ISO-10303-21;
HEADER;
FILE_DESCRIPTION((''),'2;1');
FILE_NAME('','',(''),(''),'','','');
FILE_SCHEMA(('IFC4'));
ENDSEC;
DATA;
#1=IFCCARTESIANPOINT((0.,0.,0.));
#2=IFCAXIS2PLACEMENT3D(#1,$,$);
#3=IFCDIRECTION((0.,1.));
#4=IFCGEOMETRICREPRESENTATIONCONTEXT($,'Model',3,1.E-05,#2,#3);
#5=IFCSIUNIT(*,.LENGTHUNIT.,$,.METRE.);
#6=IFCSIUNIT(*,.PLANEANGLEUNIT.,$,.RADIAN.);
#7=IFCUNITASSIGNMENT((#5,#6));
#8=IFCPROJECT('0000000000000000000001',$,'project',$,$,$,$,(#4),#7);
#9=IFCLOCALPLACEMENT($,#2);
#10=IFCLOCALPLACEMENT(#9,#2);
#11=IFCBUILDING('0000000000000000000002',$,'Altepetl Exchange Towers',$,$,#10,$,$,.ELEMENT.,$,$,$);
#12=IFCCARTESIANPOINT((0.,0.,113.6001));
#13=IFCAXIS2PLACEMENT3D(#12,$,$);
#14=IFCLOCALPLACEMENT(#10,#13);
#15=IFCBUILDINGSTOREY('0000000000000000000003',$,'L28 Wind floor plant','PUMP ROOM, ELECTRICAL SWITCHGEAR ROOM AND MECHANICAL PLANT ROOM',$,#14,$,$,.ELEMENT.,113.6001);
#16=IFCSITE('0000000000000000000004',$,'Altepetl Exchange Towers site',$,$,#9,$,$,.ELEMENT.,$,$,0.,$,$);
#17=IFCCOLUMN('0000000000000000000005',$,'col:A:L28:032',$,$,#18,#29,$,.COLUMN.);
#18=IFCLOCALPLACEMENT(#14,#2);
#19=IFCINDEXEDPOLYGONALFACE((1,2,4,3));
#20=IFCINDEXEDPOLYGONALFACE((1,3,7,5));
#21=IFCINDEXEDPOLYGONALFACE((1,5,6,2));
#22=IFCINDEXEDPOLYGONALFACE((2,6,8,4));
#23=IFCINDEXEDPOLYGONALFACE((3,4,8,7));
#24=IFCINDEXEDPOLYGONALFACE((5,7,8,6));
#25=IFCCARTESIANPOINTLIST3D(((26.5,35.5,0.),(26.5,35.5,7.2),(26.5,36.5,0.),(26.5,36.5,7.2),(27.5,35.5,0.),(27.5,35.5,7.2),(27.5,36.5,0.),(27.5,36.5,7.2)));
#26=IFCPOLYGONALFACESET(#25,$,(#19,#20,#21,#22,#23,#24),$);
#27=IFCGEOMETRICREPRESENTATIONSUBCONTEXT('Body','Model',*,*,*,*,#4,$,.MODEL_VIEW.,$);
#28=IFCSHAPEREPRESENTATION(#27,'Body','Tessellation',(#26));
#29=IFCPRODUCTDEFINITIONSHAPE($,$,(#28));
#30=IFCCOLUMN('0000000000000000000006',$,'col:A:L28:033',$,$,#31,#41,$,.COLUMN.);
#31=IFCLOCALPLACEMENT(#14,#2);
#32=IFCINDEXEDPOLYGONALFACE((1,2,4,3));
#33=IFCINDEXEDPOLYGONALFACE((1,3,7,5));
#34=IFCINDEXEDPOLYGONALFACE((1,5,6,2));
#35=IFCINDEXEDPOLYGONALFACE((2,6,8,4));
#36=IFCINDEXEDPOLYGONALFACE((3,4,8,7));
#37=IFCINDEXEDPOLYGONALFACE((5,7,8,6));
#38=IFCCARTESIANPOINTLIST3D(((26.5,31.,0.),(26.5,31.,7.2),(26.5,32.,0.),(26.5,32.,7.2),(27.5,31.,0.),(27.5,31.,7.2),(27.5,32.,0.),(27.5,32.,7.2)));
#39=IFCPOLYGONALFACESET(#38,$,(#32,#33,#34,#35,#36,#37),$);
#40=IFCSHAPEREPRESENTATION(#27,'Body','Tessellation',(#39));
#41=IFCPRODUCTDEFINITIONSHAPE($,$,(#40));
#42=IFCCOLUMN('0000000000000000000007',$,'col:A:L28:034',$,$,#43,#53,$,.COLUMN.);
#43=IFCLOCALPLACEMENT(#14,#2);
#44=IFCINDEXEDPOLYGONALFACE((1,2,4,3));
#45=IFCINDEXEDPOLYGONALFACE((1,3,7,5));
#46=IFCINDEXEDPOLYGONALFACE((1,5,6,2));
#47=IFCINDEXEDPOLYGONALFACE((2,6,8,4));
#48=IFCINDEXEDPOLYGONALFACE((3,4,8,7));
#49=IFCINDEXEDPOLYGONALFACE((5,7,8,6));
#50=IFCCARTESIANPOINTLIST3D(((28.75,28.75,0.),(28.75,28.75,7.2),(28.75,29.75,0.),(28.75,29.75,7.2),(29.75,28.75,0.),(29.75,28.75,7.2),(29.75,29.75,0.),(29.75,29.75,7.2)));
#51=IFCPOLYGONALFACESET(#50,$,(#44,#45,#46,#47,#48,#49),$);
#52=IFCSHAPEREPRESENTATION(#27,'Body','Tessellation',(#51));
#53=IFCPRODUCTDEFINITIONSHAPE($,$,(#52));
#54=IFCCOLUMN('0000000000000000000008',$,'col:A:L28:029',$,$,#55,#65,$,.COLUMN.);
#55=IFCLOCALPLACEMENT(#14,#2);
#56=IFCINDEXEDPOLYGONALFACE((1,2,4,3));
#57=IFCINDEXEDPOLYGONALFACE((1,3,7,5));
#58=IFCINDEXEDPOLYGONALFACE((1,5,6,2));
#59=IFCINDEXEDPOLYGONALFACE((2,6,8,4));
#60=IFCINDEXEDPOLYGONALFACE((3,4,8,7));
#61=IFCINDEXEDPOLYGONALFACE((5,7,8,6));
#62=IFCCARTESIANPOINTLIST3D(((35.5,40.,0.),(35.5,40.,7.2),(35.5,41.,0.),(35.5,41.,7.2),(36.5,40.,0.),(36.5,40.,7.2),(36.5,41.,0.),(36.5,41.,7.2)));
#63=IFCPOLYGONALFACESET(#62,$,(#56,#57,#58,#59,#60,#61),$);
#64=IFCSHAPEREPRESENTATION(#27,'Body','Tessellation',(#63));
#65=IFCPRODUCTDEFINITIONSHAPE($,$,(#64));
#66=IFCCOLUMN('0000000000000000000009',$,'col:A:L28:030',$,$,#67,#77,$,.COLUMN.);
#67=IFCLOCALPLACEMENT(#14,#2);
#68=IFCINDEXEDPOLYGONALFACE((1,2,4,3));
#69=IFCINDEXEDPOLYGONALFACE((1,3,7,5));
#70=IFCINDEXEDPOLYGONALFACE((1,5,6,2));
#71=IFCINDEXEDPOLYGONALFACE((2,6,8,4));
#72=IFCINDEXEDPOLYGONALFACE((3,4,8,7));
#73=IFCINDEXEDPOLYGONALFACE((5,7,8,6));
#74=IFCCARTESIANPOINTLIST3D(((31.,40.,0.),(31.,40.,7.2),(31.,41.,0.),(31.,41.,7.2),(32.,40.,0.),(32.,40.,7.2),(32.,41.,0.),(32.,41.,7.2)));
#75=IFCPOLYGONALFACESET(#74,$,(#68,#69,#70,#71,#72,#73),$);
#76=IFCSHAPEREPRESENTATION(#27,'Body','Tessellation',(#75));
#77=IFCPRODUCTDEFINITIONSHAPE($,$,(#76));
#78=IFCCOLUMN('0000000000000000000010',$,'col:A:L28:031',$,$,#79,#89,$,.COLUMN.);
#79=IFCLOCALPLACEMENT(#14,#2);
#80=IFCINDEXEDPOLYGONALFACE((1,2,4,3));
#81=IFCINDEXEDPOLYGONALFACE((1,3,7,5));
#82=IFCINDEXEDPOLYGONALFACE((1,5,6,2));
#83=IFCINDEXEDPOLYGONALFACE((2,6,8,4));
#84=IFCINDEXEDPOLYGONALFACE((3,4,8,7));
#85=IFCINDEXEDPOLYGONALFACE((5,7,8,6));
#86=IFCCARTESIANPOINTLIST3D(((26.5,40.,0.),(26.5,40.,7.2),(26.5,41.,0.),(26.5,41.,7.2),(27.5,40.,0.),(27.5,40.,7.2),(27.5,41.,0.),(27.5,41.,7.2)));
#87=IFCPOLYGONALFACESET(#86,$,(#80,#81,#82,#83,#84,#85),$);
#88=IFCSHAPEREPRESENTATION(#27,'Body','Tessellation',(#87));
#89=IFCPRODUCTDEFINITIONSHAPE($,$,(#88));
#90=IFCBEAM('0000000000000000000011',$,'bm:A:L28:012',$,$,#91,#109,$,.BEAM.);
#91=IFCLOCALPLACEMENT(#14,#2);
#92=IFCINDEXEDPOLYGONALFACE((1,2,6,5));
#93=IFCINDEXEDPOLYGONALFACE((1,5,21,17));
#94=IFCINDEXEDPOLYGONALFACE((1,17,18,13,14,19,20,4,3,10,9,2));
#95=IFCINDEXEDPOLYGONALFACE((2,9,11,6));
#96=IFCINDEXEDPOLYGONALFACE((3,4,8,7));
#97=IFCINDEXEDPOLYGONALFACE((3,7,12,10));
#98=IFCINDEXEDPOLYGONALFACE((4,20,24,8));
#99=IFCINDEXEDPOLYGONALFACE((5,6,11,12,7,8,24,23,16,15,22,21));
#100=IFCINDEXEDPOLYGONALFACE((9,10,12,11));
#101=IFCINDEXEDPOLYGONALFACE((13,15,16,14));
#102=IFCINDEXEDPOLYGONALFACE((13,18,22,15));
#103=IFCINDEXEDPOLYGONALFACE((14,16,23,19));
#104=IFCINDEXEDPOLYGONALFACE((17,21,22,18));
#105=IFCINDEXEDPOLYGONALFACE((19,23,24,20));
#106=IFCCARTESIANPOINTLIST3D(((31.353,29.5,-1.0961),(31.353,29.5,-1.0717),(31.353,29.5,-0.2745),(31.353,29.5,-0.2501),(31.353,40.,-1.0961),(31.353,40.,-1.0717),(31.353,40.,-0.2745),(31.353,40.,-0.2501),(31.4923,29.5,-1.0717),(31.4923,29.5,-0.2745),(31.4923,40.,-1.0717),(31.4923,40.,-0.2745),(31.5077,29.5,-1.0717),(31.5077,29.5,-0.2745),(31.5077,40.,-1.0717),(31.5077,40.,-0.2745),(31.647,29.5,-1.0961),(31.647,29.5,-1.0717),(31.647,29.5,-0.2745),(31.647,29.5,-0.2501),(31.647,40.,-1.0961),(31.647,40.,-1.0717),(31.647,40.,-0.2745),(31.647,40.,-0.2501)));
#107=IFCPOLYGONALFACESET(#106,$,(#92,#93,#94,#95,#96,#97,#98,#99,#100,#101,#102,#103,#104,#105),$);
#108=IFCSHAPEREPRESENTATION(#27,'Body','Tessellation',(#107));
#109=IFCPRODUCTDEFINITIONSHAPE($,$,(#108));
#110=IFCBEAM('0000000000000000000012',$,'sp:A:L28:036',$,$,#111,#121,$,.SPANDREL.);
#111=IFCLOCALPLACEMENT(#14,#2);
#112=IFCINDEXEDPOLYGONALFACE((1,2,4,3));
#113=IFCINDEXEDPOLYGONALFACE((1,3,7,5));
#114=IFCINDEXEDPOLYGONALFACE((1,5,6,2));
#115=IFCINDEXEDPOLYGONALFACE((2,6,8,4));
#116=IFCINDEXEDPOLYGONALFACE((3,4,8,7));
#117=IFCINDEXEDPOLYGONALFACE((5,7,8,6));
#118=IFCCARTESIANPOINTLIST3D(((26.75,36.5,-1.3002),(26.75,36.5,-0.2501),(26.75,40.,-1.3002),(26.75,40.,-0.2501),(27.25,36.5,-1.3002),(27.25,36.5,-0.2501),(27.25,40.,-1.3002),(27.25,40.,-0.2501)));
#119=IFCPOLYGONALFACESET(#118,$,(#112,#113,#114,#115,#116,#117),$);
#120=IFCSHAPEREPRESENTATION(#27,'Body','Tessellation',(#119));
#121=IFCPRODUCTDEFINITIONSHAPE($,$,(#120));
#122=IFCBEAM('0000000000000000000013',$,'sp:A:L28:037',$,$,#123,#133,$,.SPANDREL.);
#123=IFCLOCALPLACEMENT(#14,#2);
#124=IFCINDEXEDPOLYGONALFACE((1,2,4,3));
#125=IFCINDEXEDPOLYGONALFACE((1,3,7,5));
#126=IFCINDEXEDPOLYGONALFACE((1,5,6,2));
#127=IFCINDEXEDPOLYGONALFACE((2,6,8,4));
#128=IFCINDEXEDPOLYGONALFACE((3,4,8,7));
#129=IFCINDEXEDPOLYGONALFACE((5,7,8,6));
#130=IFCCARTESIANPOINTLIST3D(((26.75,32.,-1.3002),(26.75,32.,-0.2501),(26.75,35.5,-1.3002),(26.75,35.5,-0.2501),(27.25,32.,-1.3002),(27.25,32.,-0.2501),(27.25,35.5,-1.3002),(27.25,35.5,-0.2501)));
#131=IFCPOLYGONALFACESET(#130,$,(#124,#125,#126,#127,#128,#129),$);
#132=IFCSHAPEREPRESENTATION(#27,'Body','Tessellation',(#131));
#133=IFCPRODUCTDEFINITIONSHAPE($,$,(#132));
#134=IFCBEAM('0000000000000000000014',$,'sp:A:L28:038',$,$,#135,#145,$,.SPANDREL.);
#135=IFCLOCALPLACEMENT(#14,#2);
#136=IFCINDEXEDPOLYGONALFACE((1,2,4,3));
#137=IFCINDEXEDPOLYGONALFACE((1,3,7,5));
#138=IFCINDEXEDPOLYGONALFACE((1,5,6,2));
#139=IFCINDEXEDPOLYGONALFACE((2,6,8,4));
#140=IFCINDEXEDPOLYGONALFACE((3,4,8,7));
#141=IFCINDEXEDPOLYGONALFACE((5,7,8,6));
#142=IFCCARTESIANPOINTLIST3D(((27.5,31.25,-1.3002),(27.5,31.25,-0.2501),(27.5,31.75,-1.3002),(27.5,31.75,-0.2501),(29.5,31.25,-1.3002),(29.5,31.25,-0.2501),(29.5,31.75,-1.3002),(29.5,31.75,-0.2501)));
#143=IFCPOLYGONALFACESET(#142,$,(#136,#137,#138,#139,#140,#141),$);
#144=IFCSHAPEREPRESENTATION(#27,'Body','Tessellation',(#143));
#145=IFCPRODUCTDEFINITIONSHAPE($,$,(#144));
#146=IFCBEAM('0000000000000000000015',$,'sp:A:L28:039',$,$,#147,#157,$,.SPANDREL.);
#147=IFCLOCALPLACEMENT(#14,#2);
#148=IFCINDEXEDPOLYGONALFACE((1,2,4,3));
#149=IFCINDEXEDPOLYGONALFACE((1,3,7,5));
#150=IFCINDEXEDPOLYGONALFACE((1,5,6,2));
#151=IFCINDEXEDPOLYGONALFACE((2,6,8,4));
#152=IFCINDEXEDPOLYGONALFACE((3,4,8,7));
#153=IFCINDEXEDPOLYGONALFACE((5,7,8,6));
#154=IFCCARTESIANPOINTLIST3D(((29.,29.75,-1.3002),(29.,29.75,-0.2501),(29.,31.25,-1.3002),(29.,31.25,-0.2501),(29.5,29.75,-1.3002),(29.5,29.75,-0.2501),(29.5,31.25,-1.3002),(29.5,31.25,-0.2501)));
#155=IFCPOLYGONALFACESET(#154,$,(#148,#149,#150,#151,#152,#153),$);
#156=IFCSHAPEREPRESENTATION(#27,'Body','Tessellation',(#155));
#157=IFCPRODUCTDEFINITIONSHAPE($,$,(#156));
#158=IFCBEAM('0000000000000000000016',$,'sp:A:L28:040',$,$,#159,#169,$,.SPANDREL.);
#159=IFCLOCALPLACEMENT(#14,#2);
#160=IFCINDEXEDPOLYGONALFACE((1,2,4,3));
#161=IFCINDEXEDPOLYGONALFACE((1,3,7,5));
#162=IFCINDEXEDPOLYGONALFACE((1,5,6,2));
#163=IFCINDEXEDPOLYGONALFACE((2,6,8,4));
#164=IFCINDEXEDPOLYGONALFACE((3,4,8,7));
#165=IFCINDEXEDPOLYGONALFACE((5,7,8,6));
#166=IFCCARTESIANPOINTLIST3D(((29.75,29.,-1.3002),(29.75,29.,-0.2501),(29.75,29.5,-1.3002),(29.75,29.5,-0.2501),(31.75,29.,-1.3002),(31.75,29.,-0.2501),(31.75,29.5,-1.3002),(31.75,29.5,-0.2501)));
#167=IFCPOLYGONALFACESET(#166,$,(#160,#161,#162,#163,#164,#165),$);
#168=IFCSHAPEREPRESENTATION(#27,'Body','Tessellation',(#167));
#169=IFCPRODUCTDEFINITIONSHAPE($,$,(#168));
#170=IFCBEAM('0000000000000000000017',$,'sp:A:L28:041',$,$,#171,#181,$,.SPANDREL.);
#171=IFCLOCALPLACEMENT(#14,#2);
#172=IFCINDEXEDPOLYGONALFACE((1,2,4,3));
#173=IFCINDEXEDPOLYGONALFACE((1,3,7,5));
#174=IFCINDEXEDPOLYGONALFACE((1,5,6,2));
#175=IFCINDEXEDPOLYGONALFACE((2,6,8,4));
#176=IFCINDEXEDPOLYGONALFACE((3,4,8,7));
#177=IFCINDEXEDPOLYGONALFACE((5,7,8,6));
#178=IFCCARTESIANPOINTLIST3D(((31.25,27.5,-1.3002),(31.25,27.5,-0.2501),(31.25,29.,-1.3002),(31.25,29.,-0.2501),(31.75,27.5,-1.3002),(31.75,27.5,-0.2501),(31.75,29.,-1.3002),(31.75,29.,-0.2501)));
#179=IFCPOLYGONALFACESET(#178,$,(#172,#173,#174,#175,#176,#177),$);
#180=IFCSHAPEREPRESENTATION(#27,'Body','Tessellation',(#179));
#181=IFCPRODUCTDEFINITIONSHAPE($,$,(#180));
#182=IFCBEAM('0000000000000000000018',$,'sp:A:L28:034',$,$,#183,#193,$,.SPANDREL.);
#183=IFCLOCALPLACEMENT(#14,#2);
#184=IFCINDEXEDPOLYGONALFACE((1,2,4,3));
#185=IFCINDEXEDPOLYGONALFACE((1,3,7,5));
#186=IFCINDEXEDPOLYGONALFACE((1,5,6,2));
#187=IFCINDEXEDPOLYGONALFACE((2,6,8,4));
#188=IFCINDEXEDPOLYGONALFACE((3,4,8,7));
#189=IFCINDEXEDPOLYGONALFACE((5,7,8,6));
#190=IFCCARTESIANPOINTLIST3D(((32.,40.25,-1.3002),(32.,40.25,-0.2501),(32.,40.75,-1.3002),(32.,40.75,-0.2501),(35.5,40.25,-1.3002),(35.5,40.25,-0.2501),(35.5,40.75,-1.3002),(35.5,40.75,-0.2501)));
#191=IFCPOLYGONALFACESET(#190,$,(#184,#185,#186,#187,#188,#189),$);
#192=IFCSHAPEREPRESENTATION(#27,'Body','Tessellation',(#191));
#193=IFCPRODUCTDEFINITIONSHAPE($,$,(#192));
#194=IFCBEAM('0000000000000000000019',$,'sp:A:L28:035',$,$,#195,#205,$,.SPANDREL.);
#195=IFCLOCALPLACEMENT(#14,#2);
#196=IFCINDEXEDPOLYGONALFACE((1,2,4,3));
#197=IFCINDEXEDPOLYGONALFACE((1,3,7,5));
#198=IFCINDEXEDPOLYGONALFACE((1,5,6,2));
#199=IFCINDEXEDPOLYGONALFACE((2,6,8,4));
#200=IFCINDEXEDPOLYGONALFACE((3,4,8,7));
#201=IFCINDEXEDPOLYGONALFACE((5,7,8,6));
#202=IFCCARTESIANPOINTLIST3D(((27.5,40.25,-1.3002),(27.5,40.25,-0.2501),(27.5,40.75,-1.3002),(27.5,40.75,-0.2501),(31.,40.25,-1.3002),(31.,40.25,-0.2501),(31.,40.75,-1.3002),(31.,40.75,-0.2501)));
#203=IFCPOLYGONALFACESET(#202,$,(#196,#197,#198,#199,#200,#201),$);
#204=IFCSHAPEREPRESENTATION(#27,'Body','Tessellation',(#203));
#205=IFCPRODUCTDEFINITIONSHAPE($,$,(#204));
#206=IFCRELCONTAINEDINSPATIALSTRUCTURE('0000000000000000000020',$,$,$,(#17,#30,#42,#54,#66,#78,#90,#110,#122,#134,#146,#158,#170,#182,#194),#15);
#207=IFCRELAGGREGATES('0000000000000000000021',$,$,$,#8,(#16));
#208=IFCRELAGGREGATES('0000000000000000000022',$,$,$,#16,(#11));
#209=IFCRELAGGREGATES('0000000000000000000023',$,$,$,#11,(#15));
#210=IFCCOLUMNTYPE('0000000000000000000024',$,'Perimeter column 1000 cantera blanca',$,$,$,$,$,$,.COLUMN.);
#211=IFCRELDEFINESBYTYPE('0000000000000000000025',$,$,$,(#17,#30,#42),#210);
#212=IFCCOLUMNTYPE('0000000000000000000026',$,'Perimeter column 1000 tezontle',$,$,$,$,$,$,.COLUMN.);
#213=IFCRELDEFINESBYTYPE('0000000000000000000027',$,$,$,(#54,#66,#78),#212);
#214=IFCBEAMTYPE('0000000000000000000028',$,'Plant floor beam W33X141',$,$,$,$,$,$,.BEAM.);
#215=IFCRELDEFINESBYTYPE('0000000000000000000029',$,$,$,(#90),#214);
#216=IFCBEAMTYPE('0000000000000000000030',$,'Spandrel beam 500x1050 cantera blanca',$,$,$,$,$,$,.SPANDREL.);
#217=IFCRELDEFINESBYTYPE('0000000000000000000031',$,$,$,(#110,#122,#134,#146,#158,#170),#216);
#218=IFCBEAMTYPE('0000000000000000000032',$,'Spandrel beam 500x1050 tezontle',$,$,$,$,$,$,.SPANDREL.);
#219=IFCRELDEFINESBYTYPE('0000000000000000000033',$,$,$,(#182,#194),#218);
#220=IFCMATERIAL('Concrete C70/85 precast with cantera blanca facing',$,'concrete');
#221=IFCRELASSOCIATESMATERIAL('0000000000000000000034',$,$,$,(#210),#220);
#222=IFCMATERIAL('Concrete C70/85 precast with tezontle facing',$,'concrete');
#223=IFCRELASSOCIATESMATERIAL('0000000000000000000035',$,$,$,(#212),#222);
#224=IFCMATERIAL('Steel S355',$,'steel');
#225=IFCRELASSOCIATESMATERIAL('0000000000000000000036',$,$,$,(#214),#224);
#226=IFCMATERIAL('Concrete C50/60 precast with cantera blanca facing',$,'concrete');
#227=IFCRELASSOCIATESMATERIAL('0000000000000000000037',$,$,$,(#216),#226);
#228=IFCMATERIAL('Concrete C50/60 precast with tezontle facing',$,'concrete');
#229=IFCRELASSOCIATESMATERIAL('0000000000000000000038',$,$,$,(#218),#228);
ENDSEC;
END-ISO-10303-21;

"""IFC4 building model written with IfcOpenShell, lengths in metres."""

from ifc_helpers import new_model, si_unit, direction, frame, origin, origin_2d, place, context, subcontext, project, spatial, rectangle, i_section, extrude, material, material_profile, profile_set, type_object, element, save


model = new_model("IFC4")

# Units and contexts
model_context = context("Model", 3, precision=1e-05, world=origin(), true_north=direction((0.0, 1.0)))
body_context = subcontext(model_context, "Body", "Model", "MODEL_VIEW")
ifc_project = project(units=[si_unit("LENGTHUNIT", "METRE"), si_unit("PLANEANGLEUNIT", "RADIAN")], contexts=[model_context])

# Site, building, storey
site_placement = place(None, origin())
site = spatial("IfcSite", under=ifc_project, at=site_placement, Name="Altepetl Exchange Towers site", CompositionType="ELEMENT", RefElevation=0.0)
building_placement = place(site_placement, origin())
building = spatial("IfcBuilding", under=site, at=building_placement, Name="Altepetl Exchange Towers", CompositionType="ELEMENT")
storey_placement = place(building_placement, frame((0.0, 0.0, 113.6001)))
storey = spatial("IfcBuildingStorey", under=building, at=storey_placement, Name="L28 Wind floor plant", Description="PUMP ROOM, ELECTRICAL SWITCHGEAR ROOM AND MECHANICAL PLANT ROOM", CompositionType="ELEMENT", Elevation=113.6001)

# Columns
ifc_material_1 = material(Name="Concrete C70/85 precast with cantera blanca facing", Category="concrete")
ifc_material_profile_1 = material_profile(ifc_material_1, rectangle(XDim=1.0, YDim=1.0, at=origin_2d()), Name="1000 x 1000")
ifc_profile_set_1 = profile_set([ifc_material_profile_1], Name="Concrete C70/85 precast with cantera blanca facing")
column_type_1 = type_object("IfcColumnType", Name="Perimeter column 1000 cantera blanca", PredefinedType="COLUMN", material=ifc_profile_set_1)
for number, where, name in (
    (1, (27.0, 36.0, 0.0), "col:A:L28:032"),
    (2, (27.0, 31.5, 0.0), "col:A:L28:033"),
    (3, (29.25, 29.25, 0.0), "col:A:L28:034"),
):
    element("IfcColumn", number, at=place(storey_placement, frame(where)), inside=storey, type_object=column_type_1, Name=name, PredefinedType="COLUMN", context=body_context, shape_type="SweptSolid", body=[
        extrude(rectangle(XDim=1.0, YDim=1.0, at=origin_2d()), origin(), (0.0, 0.0, 1.0), 7.2),
    ])
ifc_material_2 = material(Name="Concrete C70/85 precast with tezontle facing", Category="concrete")
ifc_material_profile_2 = material_profile(ifc_material_2, rectangle(XDim=1.0, YDim=1.0, at=origin_2d()), Name="1000 x 1000")
ifc_profile_set_2 = profile_set([ifc_material_profile_2], Name="Concrete C70/85 precast with tezontle facing")
column_type_2 = type_object("IfcColumnType", Name="Perimeter column 1000 tezontle", PredefinedType="COLUMN", material=ifc_profile_set_2)
for number, where, name in (
    (4, (36.0, 40.5, 0.0), "col:A:L28:029"),
    (5, (31.5, 40.5, 0.0), "col:A:L28:030"),
    (6, (27.0, 40.5, 0.0), "col:A:L28:031"),
):
    element("IfcColumn", number, at=place(storey_placement, frame(where)), inside=storey, type_object=column_type_2, Name=name, PredefinedType="COLUMN", context=body_context, shape_type="SweptSolid", body=[
        extrude(rectangle(XDim=1.0, YDim=1.0, at=origin_2d()), origin(), (0.0, 0.0, 1.0), 7.2),
    ])

# Beams
ifc_material_3 = material(Name="Steel S355", Category="steel")
ifc_material_profile_3 = material_profile(ifc_material_3, i_section(OverallWidth=0.2939, OverallDepth=0.8459, WebThickness=0.0154, FlangeThickness=0.0244, at=origin_2d()), Name="W33X141")
ifc_profile_set_3 = profile_set([ifc_material_profile_3], Name="Steel S355")
beam_type_1 = type_object("IfcBeamType", Name="Plant floor beam W33X141", PredefinedType="BEAM", material=ifc_profile_set_3)
beam_1_placement = place(storey_placement, frame((31.5, 29.5, -0.6731), z_axis=(0.0, 1.0, 0.0), x_axis=(-1.0, 0.0, 0.0)))
element("IfcBeam", 7, at=beam_1_placement, inside=storey, type_object=beam_type_1, Name="bm:A:L28:012", PredefinedType="BEAM", context=body_context, shape_type="SweptSolid", body=[
    extrude(i_section(OverallWidth=0.2939, OverallDepth=0.8459, WebThickness=0.0154, FlangeThickness=0.0244, at=origin_2d()), origin(), (0.0, 0.0, 1.0), 10.5),
])
ifc_material_4 = material(Name="Concrete C50/60 precast with cantera blanca facing", Category="concrete")
ifc_material_profile_4 = material_profile(ifc_material_4, rectangle(XDim=0.5, YDim=1.05, at=origin_2d()), Name="500 x 1050")
ifc_profile_set_4 = profile_set([ifc_material_profile_4], Name="Concrete C50/60 precast with cantera blanca facing")
beam_type_2 = type_object("IfcBeamType", Name="Spandrel beam 500x1050 cantera blanca", PredefinedType="SPANDREL", material=ifc_profile_set_4)
for number, where, z_axis, x_axis, name in (
    (8, (27.0, 40.0, -0.7751), (0.0, -1.0, 0.0), (1.0, 0.0, 0.0), "sp:A:L28:036"),
    (9, (27.0, 35.5, -0.7751), (0.0, -1.0, 0.0), (1.0, 0.0, 0.0), "sp:A:L28:037"),
):
    element("IfcBeam", number, at=place(storey_placement, frame(where, z_axis=z_axis, x_axis=x_axis)), inside=storey, type_object=beam_type_2, Name=name, PredefinedType="SPANDREL", context=body_context, shape_type="SweptSolid", body=[
        extrude(rectangle(XDim=0.5, YDim=1.05, at=origin_2d()), origin(), (0.0, 0.0, 1.0), 3.5),
    ])
beam_2_placement = place(storey_placement, frame((27.5, 31.5, -0.7751), z_axis=(1.0, 0.0, 0.0), x_axis=(0.0, 1.0, 0.0)))
element("IfcBeam", 10, at=beam_2_placement, inside=storey, type_object=beam_type_2, Name="sp:A:L28:038", PredefinedType="SPANDREL", context=body_context, shape_type="SweptSolid", body=[
    extrude(rectangle(XDim=0.5, YDim=1.05, at=origin_2d()), origin(), (0.0, 0.0, 1.0), 2.0),
])
beam_3_placement = place(storey_placement, frame((29.25, 31.25, -0.7751), z_axis=(0.0, -1.0, 0.0), x_axis=(1.0, 0.0, 0.0)))
element("IfcBeam", 11, at=beam_3_placement, inside=storey, type_object=beam_type_2, Name="sp:A:L28:039", PredefinedType="SPANDREL", context=body_context, shape_type="SweptSolid", body=[
    extrude(rectangle(XDim=0.5, YDim=1.05, at=origin_2d()), origin(), (0.0, 0.0, 1.0), 1.5),
])
beam_4_placement = place(storey_placement, frame((29.75, 29.25, -0.7751), z_axis=(1.0, 0.0, 0.0), x_axis=(0.0, 1.0, 0.0)))
element("IfcBeam", 12, at=beam_4_placement, inside=storey, type_object=beam_type_2, Name="sp:A:L28:040", PredefinedType="SPANDREL", context=body_context, shape_type="SweptSolid", body=[
    extrude(rectangle(XDim=0.5, YDim=1.05, at=origin_2d()), origin(), (0.0, 0.0, 1.0), 2.0),
])
beam_5_placement = place(storey_placement, frame((31.5, 29.0, -0.7751), z_axis=(0.0, -1.0, 0.0), x_axis=(1.0, 0.0, 0.0)))
element("IfcBeam", 13, at=beam_5_placement, inside=storey, type_object=beam_type_2, Name="sp:A:L28:041", PredefinedType="SPANDREL", context=body_context, shape_type="SweptSolid", body=[
    extrude(rectangle(XDim=0.5, YDim=1.05, at=origin_2d()), origin(), (0.0, 0.0, 1.0), 1.5),
])
ifc_material_5 = material(Name="Concrete C50/60 precast with tezontle facing", Category="concrete")
ifc_material_profile_5 = material_profile(ifc_material_5, rectangle(XDim=0.5, YDim=1.05, at=origin_2d()), Name="500 x 1050")
ifc_profile_set_5 = profile_set([ifc_material_profile_5], Name="Concrete C50/60 precast with tezontle facing")
beam_type_3 = type_object("IfcBeamType", Name="Spandrel beam 500x1050 tezontle", PredefinedType="SPANDREL", material=ifc_profile_set_5)
for number, where, z_axis, x_axis, name in (
    (14, (35.5, 40.5, -0.7751), (-1.0, 0.0, 0.0), (0.0, -1.0, 0.0), "sp:A:L28:034"),
    (15, (31.0, 40.5, -0.7751), (-1.0, 0.0, 0.0), (0.0, -1.0, 0.0), "sp:A:L28:035"),
):
    element("IfcBeam", number, at=place(storey_placement, frame(where, z_axis=z_axis, x_axis=x_axis)), inside=storey, type_object=beam_type_3, Name=name, PredefinedType="SPANDREL", context=body_context, shape_type="SweptSolid", body=[
        extrude(rectangle(XDim=0.5, YDim=1.05, at=origin_2d()), origin(), (0.0, 0.0, 1.0), 3.5),
    ])

save(model, "model.ifc")
